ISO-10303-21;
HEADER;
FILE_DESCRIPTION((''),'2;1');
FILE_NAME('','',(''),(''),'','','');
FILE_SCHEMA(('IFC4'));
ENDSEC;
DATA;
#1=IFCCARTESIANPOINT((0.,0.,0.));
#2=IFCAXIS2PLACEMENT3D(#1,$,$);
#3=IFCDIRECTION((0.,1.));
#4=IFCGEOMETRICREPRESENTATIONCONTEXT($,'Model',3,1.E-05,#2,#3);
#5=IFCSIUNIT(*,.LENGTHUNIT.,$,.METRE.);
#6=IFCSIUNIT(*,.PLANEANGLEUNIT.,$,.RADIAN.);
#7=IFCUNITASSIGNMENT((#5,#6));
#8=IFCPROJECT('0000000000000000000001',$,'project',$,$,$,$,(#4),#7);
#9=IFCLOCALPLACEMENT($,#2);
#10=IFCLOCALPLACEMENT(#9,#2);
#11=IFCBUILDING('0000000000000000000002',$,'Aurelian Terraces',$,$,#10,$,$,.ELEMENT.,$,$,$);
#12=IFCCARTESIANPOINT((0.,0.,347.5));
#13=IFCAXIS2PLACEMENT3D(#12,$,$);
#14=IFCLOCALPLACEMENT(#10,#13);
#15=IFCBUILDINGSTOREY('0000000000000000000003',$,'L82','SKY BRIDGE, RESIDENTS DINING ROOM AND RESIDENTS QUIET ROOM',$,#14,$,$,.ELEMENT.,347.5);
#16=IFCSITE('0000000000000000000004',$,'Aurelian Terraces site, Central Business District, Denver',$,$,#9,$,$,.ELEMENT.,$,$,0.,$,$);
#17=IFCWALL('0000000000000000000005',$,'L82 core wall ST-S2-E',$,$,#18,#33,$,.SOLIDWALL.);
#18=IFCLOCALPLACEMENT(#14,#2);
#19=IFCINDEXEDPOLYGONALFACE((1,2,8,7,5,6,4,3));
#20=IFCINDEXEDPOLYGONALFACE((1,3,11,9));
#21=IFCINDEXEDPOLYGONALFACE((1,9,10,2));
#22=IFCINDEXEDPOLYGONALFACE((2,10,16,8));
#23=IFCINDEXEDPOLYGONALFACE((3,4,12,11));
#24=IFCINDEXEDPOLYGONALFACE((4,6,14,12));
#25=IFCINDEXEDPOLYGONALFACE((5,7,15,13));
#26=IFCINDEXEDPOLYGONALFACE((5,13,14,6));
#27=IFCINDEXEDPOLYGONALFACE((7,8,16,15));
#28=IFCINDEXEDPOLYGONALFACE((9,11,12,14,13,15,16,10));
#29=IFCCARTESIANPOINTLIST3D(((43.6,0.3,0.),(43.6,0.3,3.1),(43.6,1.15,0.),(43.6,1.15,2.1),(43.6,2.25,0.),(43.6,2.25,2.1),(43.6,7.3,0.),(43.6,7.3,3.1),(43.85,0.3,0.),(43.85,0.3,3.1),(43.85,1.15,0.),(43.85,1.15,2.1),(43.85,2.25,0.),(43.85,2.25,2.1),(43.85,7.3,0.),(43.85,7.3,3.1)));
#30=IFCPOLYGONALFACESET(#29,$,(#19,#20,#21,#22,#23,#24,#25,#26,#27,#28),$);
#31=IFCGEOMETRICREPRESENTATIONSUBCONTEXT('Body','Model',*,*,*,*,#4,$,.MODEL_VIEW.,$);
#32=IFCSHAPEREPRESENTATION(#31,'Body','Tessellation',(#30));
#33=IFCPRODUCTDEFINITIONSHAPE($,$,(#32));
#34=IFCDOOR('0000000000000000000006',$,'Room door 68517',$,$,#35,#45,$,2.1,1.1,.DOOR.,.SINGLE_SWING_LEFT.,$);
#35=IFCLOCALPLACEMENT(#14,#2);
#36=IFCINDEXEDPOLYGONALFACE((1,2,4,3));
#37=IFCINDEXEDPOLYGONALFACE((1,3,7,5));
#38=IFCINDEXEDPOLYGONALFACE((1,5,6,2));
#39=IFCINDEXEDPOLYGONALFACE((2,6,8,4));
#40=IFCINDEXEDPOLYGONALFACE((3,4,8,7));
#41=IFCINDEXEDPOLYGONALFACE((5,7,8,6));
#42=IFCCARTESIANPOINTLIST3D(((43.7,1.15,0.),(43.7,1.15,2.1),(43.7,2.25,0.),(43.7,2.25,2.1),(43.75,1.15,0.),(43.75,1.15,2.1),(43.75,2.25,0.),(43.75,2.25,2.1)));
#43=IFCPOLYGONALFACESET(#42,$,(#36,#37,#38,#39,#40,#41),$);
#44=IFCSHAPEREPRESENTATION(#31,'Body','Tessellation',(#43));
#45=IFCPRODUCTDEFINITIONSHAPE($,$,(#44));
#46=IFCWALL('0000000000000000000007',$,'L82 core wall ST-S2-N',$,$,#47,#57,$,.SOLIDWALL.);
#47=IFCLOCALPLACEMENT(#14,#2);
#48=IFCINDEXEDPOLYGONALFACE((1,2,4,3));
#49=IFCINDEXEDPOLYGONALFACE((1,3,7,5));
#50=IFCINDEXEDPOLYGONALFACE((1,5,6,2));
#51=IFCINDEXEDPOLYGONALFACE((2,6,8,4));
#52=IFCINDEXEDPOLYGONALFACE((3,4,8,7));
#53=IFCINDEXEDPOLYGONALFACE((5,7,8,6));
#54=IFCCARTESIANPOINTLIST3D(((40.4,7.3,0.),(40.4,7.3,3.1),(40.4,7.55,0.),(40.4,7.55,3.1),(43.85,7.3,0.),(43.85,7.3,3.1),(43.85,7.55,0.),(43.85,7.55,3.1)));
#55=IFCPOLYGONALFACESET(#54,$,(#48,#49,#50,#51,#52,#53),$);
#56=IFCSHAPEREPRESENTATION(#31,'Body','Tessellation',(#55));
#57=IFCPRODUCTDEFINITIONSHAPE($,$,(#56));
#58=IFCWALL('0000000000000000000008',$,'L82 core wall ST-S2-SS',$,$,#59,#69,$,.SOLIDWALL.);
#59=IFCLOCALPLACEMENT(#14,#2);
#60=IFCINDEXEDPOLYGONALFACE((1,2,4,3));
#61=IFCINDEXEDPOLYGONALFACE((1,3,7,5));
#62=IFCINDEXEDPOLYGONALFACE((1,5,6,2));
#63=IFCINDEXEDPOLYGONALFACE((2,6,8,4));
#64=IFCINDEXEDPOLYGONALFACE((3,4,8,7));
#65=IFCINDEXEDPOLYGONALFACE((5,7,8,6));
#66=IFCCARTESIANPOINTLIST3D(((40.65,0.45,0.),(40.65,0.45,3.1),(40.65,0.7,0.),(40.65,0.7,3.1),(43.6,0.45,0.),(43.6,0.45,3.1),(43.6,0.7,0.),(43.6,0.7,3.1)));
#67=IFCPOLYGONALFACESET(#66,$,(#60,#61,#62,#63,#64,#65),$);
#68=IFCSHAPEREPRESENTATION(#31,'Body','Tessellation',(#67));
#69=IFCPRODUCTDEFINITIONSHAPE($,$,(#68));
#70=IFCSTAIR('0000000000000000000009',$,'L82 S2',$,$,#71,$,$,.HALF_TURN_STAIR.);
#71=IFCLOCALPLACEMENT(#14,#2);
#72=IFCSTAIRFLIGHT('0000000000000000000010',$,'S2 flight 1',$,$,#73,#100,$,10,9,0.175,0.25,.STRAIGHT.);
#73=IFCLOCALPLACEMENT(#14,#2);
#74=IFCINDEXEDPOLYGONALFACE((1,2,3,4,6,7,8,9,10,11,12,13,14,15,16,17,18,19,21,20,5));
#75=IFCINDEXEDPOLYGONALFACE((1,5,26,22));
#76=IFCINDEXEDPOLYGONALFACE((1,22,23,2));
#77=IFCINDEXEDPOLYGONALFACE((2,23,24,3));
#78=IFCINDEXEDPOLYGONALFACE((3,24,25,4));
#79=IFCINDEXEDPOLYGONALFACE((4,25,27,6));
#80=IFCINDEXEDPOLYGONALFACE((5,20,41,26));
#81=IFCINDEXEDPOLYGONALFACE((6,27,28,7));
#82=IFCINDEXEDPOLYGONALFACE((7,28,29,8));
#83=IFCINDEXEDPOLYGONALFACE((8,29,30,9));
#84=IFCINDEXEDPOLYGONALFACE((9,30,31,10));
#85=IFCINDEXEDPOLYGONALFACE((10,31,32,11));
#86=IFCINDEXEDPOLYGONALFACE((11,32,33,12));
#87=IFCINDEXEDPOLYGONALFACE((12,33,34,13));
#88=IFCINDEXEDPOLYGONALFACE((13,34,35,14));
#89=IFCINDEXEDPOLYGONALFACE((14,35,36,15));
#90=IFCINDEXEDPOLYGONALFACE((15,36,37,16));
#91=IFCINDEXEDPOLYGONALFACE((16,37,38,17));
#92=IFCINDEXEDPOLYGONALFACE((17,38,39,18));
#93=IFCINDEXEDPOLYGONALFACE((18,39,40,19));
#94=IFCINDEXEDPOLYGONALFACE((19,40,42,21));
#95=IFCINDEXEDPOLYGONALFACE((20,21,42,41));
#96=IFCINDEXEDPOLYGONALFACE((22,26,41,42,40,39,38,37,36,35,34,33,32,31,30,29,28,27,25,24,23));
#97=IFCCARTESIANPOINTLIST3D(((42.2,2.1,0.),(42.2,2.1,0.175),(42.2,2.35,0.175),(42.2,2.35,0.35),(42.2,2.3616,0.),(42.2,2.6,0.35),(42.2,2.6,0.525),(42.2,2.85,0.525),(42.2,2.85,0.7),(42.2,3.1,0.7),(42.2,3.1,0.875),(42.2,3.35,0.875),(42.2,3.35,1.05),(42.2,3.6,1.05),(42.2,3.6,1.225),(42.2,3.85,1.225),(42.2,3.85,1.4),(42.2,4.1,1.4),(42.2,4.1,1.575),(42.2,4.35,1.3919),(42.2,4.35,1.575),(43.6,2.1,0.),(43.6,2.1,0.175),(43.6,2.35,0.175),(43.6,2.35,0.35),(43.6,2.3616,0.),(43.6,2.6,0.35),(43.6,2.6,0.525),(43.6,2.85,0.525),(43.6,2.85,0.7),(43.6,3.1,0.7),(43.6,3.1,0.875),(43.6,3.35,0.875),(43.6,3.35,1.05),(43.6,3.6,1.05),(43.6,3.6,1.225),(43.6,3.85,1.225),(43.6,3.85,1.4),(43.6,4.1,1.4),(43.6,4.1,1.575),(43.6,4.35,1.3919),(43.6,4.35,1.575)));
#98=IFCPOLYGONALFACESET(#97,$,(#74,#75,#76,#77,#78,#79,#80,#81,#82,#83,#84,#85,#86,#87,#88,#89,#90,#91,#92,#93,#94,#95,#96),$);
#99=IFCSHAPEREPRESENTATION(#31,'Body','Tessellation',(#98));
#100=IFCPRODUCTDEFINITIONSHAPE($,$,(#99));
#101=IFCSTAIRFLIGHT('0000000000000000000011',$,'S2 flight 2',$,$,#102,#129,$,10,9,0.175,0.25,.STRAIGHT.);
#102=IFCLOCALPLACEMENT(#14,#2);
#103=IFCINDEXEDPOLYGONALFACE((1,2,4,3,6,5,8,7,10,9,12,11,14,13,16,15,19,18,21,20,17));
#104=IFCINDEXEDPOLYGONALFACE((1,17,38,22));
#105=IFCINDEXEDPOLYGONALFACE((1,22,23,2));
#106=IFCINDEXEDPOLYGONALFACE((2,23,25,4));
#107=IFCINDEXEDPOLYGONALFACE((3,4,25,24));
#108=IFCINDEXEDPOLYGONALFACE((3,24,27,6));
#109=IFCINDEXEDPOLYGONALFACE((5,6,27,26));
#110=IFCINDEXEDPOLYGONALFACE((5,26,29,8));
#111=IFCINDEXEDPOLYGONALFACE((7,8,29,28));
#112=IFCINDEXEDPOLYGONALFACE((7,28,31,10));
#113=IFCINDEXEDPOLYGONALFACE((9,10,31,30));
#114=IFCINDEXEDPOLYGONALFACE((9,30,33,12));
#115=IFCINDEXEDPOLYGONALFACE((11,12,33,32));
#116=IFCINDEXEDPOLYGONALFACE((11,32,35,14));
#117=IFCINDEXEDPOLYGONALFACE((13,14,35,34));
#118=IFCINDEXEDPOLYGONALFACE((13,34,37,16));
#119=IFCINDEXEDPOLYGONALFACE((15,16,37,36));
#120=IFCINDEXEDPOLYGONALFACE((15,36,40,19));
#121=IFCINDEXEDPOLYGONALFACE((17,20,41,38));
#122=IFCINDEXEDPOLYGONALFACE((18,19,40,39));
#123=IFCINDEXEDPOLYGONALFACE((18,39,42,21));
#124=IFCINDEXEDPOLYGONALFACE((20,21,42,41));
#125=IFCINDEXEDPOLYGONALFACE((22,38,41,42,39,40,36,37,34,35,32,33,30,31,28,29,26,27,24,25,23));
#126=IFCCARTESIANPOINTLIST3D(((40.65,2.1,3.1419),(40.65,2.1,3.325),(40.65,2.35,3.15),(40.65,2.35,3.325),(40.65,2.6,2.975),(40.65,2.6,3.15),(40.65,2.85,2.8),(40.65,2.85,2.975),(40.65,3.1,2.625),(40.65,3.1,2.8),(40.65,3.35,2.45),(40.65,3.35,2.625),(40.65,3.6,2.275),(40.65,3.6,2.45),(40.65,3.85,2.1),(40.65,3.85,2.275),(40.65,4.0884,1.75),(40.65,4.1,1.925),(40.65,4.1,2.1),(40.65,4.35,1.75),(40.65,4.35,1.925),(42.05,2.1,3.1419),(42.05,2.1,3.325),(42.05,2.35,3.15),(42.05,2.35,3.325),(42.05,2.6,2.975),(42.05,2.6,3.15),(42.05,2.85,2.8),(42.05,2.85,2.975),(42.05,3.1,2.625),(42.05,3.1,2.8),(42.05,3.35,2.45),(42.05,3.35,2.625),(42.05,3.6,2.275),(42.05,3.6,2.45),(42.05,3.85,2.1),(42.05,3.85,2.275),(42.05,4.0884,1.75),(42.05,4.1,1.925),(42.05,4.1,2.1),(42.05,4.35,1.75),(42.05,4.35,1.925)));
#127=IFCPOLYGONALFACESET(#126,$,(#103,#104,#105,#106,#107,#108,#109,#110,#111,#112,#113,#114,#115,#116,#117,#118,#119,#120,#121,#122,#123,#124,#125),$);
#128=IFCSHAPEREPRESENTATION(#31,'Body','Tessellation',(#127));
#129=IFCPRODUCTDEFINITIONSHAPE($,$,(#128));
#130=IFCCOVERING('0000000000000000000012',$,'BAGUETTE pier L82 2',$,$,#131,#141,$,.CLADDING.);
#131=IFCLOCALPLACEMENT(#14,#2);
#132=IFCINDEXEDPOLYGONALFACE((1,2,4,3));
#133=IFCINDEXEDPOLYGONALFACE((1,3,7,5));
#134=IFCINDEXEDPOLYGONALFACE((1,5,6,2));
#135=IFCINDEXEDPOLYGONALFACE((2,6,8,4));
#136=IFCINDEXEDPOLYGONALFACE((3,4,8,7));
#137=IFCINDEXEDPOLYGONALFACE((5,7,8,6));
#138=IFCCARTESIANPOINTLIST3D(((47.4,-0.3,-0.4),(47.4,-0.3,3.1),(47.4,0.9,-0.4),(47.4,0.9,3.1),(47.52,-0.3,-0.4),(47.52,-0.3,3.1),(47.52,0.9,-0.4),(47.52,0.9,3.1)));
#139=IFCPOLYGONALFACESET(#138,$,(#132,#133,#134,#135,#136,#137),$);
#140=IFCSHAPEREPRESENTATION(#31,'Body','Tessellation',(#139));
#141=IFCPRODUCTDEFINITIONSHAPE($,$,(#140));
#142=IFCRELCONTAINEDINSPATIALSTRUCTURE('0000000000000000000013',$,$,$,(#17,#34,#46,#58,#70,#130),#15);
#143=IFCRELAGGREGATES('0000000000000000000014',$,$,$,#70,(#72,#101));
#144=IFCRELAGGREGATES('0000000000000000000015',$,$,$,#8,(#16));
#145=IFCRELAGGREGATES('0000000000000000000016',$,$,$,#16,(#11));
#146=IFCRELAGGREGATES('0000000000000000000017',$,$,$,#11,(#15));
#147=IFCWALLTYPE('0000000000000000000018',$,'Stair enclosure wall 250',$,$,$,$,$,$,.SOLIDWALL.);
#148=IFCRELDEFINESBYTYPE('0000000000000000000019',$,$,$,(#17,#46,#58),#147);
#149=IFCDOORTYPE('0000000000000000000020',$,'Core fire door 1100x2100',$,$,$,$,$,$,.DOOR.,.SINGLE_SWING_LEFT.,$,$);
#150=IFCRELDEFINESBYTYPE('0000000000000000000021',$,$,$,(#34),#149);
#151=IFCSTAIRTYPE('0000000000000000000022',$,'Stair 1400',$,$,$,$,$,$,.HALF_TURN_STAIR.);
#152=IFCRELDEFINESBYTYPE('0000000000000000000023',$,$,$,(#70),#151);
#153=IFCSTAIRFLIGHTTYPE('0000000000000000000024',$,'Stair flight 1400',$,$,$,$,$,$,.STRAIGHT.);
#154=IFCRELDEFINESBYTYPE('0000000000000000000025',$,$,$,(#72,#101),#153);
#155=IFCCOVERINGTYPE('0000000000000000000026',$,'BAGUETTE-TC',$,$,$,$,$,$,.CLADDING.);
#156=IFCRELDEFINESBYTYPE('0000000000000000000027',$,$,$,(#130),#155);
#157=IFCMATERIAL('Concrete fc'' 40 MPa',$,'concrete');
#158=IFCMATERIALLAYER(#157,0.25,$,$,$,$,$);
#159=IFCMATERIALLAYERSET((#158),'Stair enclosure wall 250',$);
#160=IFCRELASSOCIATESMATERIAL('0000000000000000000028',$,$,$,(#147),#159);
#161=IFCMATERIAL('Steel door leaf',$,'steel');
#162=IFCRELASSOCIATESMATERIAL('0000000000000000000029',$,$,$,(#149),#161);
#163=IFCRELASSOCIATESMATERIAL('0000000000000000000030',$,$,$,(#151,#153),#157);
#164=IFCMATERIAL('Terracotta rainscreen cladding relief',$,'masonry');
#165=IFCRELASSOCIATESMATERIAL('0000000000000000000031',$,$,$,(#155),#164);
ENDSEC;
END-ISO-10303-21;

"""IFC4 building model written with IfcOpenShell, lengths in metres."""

from ifc_helpers import new_model, si_unit, direction, frame, frame_2d, origin, origin_2d, place, context, subcontext, project, spatial, polyline, rectangle, outline, extrude, source, transform, mapped, material, layer, layer_set, type_object, element, fill, aggregate, save


model = new_model("IFC4")

# Units and contexts
model_context = context("Model", 3, precision=1e-05, world=origin(), true_north=direction((0.0, 1.0)))
body_context = subcontext(model_context, "Body", "Model", "MODEL_VIEW")
ifc_project = project(units=[si_unit("LENGTHUNIT", "METRE"), si_unit("PLANEANGLEUNIT", "RADIAN")], contexts=[model_context])

# Site, building, storey
site_placement = place(None, origin())
site = spatial("IfcSite", under=ifc_project, at=site_placement, Name="Aurelian Terraces site, Central Business District, Denver", CompositionType="ELEMENT", RefElevation=0.0)
building_placement = place(site_placement, origin())
building = spatial("IfcBuilding", under=site, at=building_placement, Name="Aurelian Terraces", CompositionType="ELEMENT")
storey_placement = place(building_placement, frame((0.0, 0.0, 347.5)))
storey = spatial("IfcBuildingStorey", under=building, at=storey_placement, Name="L82", Description="SKY BRIDGE, RESIDENTS DINING ROOM AND RESIDENTS QUIET ROOM", CompositionType="ELEMENT", Elevation=347.5)

# Wall, opening, door
ifc_material_1 = material(Name="Concrete fc' 40 MPa", Category="concrete")
ifc_layer_1 = layer(ifc_material_1, 0.25)
ifc_layer_set_1 = layer_set([ifc_layer_1], Name="Stair enclosure wall 250")
wall_type_1 = type_object("IfcWallType", Name="Stair enclosure wall 250", PredefinedType="SOLIDWALL", material=ifc_layer_set_1)
shared_shape_1 = source(origin(), body_context, "Body", "SweptSolid", [
    extrude(rectangle(XDim=7.0, YDim=0.25, at=frame_2d((3.5, 0.0))), origin(), (0.0, 0.0, 1.0), 3.1),
])
shared_shape_2 = source(origin(), body_context, "Body", "SweptSolid", [
    extrude(rectangle(XDim=1.1, YDim=2.1, at=frame_2d((0.55, 1.05))), frame((0.0, 0.135, 0.0), z_axis=(0.0, -1.0, 0.0), x_axis=(1.0, 0.0, 0.0)), (0.0, 0.0, 1.0), 0.27),
])
ifc_material_2 = material(Name="Steel door leaf", Category="steel")
shared_shape_3 = source(origin(), body_context, "Body", "SweptSolid", [
    extrude(rectangle(XDim=1.1, YDim=2.1, at=frame_2d((0.55, 1.05))), frame((0.0, 0.025, 0.0), z_axis=(0.0, -1.0, 0.0), x_axis=(1.0, 0.0, 0.0)), (0.0, 0.0, 1.0), 0.05),
])
wall_1_placement = place(storey_placement, frame((43.725, 0.3, 0.0), z_axis=(0.0, 0.0, 1.0), x_axis=(0.0, 1.0, 0.0)))
wall_1 = element("IfcWall", 1, at=wall_1_placement, inside=storey, type_object=wall_type_1, Name="L82 core wall ST-S2-E", PredefinedType="SOLIDWALL", context=body_context, shape_type="MappedRepresentation", body=[
    mapped(shared_shape_1, transform((0.0, 0.0, 0.0), scale=1.0)),
])
opening_1_placement = place(wall_1_placement, frame((0.85, 0.0, 0.0)))
opening_1 = element("IfcOpeningElement", 2, at=opening_1_placement, cuts=wall_1, PredefinedType="OPENING", context=body_context, shape_type="MappedRepresentation", body=[
    mapped(shared_shape_2, transform((0.0, 0.0, 0.0), scale=1.0)),
])
door_type_1 = type_object("IfcDoorType", Name="Core fire door 1100x2100", OperationType="SINGLE_SWING_LEFT", PredefinedType="DOOR", material=ifc_material_2)
door_1_placement = place(opening_1_placement, origin())
door_1 = element("IfcDoor", 3, at=door_1_placement, inside=storey, type_object=door_type_1, Name="Room door 68517", OperationType="SINGLE_SWING_LEFT", OverallHeight=2.1, OverallWidth=1.1, PredefinedType="DOOR", context=body_context, shape_type="MappedRepresentation", body=[
    mapped(shared_shape_3, transform((0.0, 0.0, 0.0), scale=1.0)),
])
fill(opening_1, door_1)

# Walls
shared_shape_4 = source(origin(), body_context, "Body", "SweptSolid", [
    extrude(rectangle(XDim=3.45, YDim=0.25, at=frame_2d((1.725, 0.0))), origin(), (0.0, 0.0, 1.0), 3.1),
])
wall_2_placement = place(storey_placement, frame((40.4, 7.425, 0.0), z_axis=(0.0, 0.0, 1.0), x_axis=(1.0, 0.0, 0.0)))
element("IfcWall", 4, at=wall_2_placement, inside=storey, type_object=wall_type_1, Name="L82 core wall ST-S2-N", PredefinedType="SOLIDWALL", context=body_context, shape_type="MappedRepresentation", body=[
    mapped(shared_shape_4, transform((0.0, 0.0, 0.0), scale=1.0)),
])
shared_shape_5 = source(origin(), body_context, "Body", "SweptSolid", [
    extrude(rectangle(XDim=2.95, YDim=0.25, at=frame_2d((1.475, 0.0))), origin(), (0.0, 0.0, 1.0), 3.1),
])
wall_3_placement = place(storey_placement, frame((40.65, 0.575, 0.0), z_axis=(0.0, 0.0, 1.0), x_axis=(1.0, 0.0, 0.0)))
element("IfcWall", 5, at=wall_3_placement, inside=storey, type_object=wall_type_1, Name="L82 core wall ST-S2-SS", PredefinedType="SOLIDWALL", context=body_context, shape_type="MappedRepresentation", body=[
    mapped(shared_shape_5, transform((0.0, 0.0, 0.0), scale=1.0)),
])

# Stair, stair flights
stair_type = type_object("IfcStairType", Name="Stair 1400", PredefinedType="HALF_TURN_STAIR", material=ifc_material_1)
stair_placement = place(storey_placement, origin())
stair = element("IfcStair", 6, at=stair_placement, inside=storey, type_object=stair_type, Name="L82 S2", PredefinedType="HALF_TURN_STAIR")
stair_flight_type = type_object("IfcStairFlightType", Name="Stair flight 1400", PredefinedType="STRAIGHT", material=ifc_material_1)
shared_shape_6 = source(origin(), body_context, "Body", "SweptSolid", [
    extrude(outline(polyline([(0.0, 0.0), (0.0, 0.175), (0.25, 0.175), (0.25, 0.35), (0.5, 0.35), (0.5, 0.525), (0.75, 0.525), (0.75, 0.7), (1.0, 0.7), (1.0, 0.875), (1.25, 0.875), (1.25, 1.05), (1.5, 1.05), (1.5, 1.225), (1.75, 1.225), (1.75, 1.4), (2.0, 1.4), (2.0, 1.575), (2.25, 1.575), (2.25, 1.75), (2.25, 1.3919), (0.2616, 0.0), (0.0, 0.0)])), frame((0.0, 0.7, 0.0), z_axis=(0.0, -1.0, 0.0), x_axis=(1.0, 0.0, 0.0)), (0.0, 0.0, 1.0), 1.4),
])
stair_flight_1_placement = place(storey_placement, frame((42.9, 2.1, 0.0), z_axis=(0.0, 0.0, 1.0), x_axis=(0.0, 1.0, 0.0)))
stair_flight_1 = element("IfcStairFlight", 7, at=stair_flight_1_placement, type_object=stair_flight_type, Name="S2 flight 1", NumberOfRisers=10, NumberOfTreads=9, PredefinedType="STRAIGHT", RiserHeight=0.175, TreadLength=0.25, context=body_context, shape_type="MappedRepresentation", body=[
    mapped(shared_shape_6, transform((0.0, 0.0, 0.0), scale=1.0)),
])
stair_flight_2_placement = place(storey_placement, frame((41.35, 4.35, 1.75), z_axis=(0.0, 0.0, 1.0), x_axis=(0.0, -1.0, 0.0)))
stair_flight_2 = element("IfcStairFlight", 8, at=stair_flight_2_placement, type_object=stair_flight_type, Name="S2 flight 2", NumberOfRisers=10, NumberOfTreads=9, PredefinedType="STRAIGHT", RiserHeight=0.175, TreadLength=0.25, context=body_context, shape_type="MappedRepresentation", body=[
    mapped(shared_shape_6, transform((0.0, 0.0, 0.0), scale=1.0)),
])
aggregate(stair, [stair_flight_1, stair_flight_2])

# Covering
ifc_material_3 = material(Name="Terracotta rainscreen cladding relief", Category="masonry")
covering_type = type_object("IfcCoveringType", Name="BAGUETTE-TC", PredefinedType="CLADDING", material=ifc_material_3)
shared_shape_7 = source(origin(), body_context, "Body", "SweptSolid", [
    extrude(rectangle(XDim=0.12, YDim=1.2, at=origin_2d()), origin(), (0.0, 0.0, 1.0), 3.5),
])
covering_placement = place(storey_placement, frame((47.46, 0.3, -0.4), z_axis=(0.0, 0.0, 1.0), x_axis=(1.0, 0.0, 0.0)))
element("IfcCovering", 9, at=covering_placement, inside=storey, type_object=covering_type, Name="BAGUETTE pier L82 2", PredefinedType="CLADDING", context=body_context, shape_type="MappedRepresentation", body=[
    mapped(shared_shape_7, transform((0.0, 0.0, 0.0), scale=1.0)),
])

save(model, "model.ifc")
